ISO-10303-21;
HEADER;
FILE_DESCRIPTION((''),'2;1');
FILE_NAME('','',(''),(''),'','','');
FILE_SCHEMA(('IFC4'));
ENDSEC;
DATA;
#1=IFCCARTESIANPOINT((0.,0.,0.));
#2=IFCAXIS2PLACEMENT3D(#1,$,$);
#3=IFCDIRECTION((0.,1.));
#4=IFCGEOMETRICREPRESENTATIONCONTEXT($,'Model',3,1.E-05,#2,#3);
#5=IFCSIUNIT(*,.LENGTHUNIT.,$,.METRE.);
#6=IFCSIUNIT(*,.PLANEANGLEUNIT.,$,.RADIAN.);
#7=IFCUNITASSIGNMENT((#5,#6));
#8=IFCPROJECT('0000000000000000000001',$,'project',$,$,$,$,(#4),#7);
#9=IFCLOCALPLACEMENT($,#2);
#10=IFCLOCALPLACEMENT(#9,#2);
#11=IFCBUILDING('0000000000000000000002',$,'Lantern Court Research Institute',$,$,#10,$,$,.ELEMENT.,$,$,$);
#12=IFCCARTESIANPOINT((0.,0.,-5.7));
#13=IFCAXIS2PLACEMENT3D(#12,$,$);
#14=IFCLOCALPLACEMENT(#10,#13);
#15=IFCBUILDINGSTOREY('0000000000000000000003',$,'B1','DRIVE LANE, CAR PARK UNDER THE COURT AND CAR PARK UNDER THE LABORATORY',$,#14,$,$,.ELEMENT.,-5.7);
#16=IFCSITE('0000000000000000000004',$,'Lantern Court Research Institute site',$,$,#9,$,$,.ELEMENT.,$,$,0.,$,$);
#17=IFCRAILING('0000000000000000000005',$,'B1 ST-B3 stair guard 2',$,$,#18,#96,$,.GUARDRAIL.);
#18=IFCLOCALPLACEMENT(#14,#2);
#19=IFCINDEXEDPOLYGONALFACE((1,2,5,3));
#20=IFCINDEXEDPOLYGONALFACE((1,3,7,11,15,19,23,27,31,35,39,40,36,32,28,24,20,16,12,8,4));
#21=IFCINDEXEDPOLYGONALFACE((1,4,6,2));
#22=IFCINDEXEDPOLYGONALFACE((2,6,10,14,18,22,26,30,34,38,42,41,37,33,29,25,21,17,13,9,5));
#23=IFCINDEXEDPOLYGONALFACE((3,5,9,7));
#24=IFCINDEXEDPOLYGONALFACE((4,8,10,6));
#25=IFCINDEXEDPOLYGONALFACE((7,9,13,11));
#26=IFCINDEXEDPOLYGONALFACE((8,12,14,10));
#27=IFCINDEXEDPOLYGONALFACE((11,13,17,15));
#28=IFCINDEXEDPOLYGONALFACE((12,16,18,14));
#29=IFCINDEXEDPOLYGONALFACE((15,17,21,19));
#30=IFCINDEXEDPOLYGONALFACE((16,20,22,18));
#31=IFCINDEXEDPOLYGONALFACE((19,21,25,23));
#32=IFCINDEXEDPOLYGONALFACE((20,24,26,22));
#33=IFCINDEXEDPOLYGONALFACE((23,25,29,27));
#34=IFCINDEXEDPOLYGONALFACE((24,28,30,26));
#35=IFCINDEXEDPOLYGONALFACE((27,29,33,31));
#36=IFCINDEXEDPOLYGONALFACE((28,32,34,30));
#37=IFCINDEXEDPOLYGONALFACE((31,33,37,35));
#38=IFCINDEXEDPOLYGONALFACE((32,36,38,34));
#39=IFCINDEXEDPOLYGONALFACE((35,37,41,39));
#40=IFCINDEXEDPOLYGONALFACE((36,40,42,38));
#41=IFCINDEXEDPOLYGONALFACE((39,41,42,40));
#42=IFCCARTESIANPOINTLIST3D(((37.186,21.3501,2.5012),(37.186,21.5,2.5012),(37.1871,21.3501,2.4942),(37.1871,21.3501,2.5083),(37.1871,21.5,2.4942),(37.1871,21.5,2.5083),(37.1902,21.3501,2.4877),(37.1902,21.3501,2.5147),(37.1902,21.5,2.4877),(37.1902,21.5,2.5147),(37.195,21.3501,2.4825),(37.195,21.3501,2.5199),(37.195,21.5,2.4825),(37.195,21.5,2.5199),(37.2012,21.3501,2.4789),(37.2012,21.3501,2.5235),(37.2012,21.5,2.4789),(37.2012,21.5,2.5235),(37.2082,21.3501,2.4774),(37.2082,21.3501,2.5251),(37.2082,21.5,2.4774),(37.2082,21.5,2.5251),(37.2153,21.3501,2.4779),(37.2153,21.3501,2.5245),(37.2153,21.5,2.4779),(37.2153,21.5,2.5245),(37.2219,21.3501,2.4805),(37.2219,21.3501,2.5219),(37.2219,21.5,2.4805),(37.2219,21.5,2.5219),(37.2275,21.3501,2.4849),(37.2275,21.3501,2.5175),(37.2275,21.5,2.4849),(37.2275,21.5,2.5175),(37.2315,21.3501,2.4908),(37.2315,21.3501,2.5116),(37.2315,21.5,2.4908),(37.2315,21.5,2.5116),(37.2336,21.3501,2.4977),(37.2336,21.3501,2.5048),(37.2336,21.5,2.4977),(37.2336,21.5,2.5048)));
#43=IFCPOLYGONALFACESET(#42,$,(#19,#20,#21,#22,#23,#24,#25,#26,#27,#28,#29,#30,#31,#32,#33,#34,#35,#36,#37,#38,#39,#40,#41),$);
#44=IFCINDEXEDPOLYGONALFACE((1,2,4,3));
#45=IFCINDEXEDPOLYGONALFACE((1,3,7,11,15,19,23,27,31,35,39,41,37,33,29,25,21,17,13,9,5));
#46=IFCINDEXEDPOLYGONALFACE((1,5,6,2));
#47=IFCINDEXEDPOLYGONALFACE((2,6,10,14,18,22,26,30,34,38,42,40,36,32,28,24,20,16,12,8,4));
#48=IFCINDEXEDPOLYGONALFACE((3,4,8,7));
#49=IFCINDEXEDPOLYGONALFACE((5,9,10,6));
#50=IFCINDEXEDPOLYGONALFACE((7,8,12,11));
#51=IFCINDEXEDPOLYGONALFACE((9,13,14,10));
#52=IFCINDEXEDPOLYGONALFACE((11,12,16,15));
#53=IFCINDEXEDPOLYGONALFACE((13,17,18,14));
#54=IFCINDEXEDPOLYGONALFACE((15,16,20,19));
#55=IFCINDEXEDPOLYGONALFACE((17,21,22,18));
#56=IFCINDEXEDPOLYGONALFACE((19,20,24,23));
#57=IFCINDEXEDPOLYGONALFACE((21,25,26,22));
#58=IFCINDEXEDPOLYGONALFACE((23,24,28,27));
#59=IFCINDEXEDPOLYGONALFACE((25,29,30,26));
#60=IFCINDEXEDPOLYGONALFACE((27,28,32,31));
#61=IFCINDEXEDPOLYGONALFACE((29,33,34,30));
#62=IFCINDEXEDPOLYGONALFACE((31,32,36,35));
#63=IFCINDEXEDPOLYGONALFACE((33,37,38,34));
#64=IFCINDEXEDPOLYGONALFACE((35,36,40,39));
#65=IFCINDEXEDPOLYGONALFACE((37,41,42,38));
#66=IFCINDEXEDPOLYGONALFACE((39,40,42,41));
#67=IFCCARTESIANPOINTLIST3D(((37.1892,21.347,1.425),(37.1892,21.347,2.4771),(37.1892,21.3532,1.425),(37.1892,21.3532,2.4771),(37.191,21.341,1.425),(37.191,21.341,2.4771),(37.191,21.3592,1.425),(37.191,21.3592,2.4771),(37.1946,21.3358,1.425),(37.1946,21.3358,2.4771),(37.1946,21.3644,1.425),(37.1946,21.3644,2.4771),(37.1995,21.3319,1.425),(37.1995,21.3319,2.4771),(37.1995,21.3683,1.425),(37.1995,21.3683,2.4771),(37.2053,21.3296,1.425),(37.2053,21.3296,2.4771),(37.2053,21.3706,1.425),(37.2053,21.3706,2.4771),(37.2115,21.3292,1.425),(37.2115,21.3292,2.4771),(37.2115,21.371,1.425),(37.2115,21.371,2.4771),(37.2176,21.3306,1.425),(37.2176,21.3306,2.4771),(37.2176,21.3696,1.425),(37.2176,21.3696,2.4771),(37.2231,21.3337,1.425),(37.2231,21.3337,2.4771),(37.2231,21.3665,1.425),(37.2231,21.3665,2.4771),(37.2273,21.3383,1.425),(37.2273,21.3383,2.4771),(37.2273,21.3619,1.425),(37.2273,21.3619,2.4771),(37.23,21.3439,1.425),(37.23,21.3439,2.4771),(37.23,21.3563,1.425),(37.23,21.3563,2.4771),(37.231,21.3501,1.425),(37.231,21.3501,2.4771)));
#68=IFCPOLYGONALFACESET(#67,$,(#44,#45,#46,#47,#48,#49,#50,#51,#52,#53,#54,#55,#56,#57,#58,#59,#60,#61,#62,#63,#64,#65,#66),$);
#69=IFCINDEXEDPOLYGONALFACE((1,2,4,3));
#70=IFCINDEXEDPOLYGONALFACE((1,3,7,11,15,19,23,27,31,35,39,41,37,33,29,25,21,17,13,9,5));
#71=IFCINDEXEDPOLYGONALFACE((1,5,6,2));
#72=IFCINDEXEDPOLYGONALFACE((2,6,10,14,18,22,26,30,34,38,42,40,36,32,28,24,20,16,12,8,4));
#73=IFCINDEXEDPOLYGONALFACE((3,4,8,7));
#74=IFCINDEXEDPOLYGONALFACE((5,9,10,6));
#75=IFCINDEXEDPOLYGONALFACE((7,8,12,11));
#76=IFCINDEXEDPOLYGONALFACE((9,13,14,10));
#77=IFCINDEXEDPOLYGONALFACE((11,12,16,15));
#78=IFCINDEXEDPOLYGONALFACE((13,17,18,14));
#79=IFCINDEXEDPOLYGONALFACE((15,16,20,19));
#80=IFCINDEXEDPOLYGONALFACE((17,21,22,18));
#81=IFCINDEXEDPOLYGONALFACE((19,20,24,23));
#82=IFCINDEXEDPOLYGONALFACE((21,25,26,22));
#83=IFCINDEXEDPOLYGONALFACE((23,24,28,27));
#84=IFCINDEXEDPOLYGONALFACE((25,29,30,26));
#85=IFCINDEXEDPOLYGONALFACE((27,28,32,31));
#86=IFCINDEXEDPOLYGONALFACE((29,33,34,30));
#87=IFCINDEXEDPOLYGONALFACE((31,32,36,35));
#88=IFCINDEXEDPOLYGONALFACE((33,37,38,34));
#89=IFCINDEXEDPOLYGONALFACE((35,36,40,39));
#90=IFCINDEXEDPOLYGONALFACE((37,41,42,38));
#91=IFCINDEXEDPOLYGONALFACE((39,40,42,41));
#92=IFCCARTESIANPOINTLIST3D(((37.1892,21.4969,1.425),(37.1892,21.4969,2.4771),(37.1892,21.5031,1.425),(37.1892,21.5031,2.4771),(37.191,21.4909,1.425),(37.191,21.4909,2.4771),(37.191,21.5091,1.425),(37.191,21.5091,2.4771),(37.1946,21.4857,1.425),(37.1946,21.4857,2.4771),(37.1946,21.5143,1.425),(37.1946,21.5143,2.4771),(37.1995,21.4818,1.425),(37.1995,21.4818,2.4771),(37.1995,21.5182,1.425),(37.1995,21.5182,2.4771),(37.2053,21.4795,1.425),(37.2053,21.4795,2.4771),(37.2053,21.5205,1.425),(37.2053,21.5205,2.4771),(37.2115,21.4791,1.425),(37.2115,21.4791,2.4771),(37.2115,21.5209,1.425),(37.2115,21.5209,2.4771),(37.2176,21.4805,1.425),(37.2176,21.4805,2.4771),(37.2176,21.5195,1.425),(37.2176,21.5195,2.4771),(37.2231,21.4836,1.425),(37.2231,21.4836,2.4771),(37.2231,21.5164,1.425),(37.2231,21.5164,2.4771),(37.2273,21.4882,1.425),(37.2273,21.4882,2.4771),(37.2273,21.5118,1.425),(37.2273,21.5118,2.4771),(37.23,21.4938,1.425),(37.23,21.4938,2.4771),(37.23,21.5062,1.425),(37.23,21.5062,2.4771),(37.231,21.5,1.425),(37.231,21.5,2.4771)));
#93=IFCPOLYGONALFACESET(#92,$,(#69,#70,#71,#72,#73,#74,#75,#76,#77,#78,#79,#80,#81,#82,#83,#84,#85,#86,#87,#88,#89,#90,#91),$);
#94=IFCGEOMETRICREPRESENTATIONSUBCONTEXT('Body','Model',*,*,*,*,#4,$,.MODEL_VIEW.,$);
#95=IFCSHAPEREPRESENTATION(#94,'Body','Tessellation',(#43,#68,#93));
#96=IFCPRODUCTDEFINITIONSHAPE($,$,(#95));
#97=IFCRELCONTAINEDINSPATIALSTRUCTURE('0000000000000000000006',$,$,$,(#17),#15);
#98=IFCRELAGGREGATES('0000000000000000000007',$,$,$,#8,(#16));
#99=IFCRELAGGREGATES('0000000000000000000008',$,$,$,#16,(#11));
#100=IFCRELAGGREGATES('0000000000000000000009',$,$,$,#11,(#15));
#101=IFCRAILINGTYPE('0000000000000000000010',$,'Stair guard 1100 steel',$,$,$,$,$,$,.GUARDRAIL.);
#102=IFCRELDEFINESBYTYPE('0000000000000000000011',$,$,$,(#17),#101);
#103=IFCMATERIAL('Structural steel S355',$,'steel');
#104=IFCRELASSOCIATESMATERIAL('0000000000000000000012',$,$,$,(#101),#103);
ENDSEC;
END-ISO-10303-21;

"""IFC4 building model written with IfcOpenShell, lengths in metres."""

from ifc_helpers import new_model, si_unit, direction, frame, origin, origin_2d, place, context, subcontext, project, spatial, circle, extrude, material, type_object, element, save


model = new_model("IFC4")

# Units and contexts
model_context = context("Model", 3, precision=1e-05, world=origin(), true_north=direction((0.0, 1.0)))
body_context = subcontext(model_context, "Body", "Model", "MODEL_VIEW")
ifc_project = project(units=[si_unit("LENGTHUNIT", "METRE"), si_unit("PLANEANGLEUNIT", "RADIAN")], contexts=[model_context])

# Site, building, storey
site_placement = place(None, origin())
site = spatial("IfcSite", under=ifc_project, at=site_placement, Name="Lantern Court Research Institute site", CompositionType="ELEMENT", RefElevation=0.0)
building_placement = place(site_placement, origin())
building = spatial("IfcBuilding", under=site, at=building_placement, Name="Lantern Court Research Institute", CompositionType="ELEMENT")
storey_placement = place(building_placement, frame((0.0, 0.0, -5.7)))
storey = spatial("IfcBuildingStorey", under=building, at=storey_placement, Name="B1", Description="DRIVE LANE, CAR PARK UNDER THE COURT AND CAR PARK UNDER THE LABORATORY", CompositionType="ELEMENT", Elevation=-5.7)

# Railing
ifc_material_1 = material(Name="Structural steel S355", Category="steel")
railing_type_1 = type_object("IfcRailingType", Name="Stair guard 1100 steel", PredefinedType="GUARDRAIL", material=ifc_material_1)
railing_1_placement = place(storey_placement, frame((37.21, 21.3501, 1.425)))
element("IfcRailing", 1, at=railing_1_placement, inside=storey, type_object=railing_type_1, Name="B1 ST-B3 stair guard 2", PredefinedType="GUARDRAIL", context=body_context, shape_type="SweptSolid", body=[
    extrude(circle(Radius=0.0239, at=origin_2d()), frame((0.0, 0.0, 1.0762), z_axis=(0.0, 1.0, 0.0), x_axis=(-1.0, 0.0, 0.0)), (0.0, 0.0, 1.0), 0.1499),
    extrude(circle(Radius=0.021, at=origin_2d()), origin(), (0.0, 0.0, 1.0), 1.052),
    extrude(circle(Radius=0.021, at=origin_2d()), frame((0.0, 0.1499, 0.0)), (0.0, 0.0, 1.0), 1.052),
])

save(model, "model.ifc")
